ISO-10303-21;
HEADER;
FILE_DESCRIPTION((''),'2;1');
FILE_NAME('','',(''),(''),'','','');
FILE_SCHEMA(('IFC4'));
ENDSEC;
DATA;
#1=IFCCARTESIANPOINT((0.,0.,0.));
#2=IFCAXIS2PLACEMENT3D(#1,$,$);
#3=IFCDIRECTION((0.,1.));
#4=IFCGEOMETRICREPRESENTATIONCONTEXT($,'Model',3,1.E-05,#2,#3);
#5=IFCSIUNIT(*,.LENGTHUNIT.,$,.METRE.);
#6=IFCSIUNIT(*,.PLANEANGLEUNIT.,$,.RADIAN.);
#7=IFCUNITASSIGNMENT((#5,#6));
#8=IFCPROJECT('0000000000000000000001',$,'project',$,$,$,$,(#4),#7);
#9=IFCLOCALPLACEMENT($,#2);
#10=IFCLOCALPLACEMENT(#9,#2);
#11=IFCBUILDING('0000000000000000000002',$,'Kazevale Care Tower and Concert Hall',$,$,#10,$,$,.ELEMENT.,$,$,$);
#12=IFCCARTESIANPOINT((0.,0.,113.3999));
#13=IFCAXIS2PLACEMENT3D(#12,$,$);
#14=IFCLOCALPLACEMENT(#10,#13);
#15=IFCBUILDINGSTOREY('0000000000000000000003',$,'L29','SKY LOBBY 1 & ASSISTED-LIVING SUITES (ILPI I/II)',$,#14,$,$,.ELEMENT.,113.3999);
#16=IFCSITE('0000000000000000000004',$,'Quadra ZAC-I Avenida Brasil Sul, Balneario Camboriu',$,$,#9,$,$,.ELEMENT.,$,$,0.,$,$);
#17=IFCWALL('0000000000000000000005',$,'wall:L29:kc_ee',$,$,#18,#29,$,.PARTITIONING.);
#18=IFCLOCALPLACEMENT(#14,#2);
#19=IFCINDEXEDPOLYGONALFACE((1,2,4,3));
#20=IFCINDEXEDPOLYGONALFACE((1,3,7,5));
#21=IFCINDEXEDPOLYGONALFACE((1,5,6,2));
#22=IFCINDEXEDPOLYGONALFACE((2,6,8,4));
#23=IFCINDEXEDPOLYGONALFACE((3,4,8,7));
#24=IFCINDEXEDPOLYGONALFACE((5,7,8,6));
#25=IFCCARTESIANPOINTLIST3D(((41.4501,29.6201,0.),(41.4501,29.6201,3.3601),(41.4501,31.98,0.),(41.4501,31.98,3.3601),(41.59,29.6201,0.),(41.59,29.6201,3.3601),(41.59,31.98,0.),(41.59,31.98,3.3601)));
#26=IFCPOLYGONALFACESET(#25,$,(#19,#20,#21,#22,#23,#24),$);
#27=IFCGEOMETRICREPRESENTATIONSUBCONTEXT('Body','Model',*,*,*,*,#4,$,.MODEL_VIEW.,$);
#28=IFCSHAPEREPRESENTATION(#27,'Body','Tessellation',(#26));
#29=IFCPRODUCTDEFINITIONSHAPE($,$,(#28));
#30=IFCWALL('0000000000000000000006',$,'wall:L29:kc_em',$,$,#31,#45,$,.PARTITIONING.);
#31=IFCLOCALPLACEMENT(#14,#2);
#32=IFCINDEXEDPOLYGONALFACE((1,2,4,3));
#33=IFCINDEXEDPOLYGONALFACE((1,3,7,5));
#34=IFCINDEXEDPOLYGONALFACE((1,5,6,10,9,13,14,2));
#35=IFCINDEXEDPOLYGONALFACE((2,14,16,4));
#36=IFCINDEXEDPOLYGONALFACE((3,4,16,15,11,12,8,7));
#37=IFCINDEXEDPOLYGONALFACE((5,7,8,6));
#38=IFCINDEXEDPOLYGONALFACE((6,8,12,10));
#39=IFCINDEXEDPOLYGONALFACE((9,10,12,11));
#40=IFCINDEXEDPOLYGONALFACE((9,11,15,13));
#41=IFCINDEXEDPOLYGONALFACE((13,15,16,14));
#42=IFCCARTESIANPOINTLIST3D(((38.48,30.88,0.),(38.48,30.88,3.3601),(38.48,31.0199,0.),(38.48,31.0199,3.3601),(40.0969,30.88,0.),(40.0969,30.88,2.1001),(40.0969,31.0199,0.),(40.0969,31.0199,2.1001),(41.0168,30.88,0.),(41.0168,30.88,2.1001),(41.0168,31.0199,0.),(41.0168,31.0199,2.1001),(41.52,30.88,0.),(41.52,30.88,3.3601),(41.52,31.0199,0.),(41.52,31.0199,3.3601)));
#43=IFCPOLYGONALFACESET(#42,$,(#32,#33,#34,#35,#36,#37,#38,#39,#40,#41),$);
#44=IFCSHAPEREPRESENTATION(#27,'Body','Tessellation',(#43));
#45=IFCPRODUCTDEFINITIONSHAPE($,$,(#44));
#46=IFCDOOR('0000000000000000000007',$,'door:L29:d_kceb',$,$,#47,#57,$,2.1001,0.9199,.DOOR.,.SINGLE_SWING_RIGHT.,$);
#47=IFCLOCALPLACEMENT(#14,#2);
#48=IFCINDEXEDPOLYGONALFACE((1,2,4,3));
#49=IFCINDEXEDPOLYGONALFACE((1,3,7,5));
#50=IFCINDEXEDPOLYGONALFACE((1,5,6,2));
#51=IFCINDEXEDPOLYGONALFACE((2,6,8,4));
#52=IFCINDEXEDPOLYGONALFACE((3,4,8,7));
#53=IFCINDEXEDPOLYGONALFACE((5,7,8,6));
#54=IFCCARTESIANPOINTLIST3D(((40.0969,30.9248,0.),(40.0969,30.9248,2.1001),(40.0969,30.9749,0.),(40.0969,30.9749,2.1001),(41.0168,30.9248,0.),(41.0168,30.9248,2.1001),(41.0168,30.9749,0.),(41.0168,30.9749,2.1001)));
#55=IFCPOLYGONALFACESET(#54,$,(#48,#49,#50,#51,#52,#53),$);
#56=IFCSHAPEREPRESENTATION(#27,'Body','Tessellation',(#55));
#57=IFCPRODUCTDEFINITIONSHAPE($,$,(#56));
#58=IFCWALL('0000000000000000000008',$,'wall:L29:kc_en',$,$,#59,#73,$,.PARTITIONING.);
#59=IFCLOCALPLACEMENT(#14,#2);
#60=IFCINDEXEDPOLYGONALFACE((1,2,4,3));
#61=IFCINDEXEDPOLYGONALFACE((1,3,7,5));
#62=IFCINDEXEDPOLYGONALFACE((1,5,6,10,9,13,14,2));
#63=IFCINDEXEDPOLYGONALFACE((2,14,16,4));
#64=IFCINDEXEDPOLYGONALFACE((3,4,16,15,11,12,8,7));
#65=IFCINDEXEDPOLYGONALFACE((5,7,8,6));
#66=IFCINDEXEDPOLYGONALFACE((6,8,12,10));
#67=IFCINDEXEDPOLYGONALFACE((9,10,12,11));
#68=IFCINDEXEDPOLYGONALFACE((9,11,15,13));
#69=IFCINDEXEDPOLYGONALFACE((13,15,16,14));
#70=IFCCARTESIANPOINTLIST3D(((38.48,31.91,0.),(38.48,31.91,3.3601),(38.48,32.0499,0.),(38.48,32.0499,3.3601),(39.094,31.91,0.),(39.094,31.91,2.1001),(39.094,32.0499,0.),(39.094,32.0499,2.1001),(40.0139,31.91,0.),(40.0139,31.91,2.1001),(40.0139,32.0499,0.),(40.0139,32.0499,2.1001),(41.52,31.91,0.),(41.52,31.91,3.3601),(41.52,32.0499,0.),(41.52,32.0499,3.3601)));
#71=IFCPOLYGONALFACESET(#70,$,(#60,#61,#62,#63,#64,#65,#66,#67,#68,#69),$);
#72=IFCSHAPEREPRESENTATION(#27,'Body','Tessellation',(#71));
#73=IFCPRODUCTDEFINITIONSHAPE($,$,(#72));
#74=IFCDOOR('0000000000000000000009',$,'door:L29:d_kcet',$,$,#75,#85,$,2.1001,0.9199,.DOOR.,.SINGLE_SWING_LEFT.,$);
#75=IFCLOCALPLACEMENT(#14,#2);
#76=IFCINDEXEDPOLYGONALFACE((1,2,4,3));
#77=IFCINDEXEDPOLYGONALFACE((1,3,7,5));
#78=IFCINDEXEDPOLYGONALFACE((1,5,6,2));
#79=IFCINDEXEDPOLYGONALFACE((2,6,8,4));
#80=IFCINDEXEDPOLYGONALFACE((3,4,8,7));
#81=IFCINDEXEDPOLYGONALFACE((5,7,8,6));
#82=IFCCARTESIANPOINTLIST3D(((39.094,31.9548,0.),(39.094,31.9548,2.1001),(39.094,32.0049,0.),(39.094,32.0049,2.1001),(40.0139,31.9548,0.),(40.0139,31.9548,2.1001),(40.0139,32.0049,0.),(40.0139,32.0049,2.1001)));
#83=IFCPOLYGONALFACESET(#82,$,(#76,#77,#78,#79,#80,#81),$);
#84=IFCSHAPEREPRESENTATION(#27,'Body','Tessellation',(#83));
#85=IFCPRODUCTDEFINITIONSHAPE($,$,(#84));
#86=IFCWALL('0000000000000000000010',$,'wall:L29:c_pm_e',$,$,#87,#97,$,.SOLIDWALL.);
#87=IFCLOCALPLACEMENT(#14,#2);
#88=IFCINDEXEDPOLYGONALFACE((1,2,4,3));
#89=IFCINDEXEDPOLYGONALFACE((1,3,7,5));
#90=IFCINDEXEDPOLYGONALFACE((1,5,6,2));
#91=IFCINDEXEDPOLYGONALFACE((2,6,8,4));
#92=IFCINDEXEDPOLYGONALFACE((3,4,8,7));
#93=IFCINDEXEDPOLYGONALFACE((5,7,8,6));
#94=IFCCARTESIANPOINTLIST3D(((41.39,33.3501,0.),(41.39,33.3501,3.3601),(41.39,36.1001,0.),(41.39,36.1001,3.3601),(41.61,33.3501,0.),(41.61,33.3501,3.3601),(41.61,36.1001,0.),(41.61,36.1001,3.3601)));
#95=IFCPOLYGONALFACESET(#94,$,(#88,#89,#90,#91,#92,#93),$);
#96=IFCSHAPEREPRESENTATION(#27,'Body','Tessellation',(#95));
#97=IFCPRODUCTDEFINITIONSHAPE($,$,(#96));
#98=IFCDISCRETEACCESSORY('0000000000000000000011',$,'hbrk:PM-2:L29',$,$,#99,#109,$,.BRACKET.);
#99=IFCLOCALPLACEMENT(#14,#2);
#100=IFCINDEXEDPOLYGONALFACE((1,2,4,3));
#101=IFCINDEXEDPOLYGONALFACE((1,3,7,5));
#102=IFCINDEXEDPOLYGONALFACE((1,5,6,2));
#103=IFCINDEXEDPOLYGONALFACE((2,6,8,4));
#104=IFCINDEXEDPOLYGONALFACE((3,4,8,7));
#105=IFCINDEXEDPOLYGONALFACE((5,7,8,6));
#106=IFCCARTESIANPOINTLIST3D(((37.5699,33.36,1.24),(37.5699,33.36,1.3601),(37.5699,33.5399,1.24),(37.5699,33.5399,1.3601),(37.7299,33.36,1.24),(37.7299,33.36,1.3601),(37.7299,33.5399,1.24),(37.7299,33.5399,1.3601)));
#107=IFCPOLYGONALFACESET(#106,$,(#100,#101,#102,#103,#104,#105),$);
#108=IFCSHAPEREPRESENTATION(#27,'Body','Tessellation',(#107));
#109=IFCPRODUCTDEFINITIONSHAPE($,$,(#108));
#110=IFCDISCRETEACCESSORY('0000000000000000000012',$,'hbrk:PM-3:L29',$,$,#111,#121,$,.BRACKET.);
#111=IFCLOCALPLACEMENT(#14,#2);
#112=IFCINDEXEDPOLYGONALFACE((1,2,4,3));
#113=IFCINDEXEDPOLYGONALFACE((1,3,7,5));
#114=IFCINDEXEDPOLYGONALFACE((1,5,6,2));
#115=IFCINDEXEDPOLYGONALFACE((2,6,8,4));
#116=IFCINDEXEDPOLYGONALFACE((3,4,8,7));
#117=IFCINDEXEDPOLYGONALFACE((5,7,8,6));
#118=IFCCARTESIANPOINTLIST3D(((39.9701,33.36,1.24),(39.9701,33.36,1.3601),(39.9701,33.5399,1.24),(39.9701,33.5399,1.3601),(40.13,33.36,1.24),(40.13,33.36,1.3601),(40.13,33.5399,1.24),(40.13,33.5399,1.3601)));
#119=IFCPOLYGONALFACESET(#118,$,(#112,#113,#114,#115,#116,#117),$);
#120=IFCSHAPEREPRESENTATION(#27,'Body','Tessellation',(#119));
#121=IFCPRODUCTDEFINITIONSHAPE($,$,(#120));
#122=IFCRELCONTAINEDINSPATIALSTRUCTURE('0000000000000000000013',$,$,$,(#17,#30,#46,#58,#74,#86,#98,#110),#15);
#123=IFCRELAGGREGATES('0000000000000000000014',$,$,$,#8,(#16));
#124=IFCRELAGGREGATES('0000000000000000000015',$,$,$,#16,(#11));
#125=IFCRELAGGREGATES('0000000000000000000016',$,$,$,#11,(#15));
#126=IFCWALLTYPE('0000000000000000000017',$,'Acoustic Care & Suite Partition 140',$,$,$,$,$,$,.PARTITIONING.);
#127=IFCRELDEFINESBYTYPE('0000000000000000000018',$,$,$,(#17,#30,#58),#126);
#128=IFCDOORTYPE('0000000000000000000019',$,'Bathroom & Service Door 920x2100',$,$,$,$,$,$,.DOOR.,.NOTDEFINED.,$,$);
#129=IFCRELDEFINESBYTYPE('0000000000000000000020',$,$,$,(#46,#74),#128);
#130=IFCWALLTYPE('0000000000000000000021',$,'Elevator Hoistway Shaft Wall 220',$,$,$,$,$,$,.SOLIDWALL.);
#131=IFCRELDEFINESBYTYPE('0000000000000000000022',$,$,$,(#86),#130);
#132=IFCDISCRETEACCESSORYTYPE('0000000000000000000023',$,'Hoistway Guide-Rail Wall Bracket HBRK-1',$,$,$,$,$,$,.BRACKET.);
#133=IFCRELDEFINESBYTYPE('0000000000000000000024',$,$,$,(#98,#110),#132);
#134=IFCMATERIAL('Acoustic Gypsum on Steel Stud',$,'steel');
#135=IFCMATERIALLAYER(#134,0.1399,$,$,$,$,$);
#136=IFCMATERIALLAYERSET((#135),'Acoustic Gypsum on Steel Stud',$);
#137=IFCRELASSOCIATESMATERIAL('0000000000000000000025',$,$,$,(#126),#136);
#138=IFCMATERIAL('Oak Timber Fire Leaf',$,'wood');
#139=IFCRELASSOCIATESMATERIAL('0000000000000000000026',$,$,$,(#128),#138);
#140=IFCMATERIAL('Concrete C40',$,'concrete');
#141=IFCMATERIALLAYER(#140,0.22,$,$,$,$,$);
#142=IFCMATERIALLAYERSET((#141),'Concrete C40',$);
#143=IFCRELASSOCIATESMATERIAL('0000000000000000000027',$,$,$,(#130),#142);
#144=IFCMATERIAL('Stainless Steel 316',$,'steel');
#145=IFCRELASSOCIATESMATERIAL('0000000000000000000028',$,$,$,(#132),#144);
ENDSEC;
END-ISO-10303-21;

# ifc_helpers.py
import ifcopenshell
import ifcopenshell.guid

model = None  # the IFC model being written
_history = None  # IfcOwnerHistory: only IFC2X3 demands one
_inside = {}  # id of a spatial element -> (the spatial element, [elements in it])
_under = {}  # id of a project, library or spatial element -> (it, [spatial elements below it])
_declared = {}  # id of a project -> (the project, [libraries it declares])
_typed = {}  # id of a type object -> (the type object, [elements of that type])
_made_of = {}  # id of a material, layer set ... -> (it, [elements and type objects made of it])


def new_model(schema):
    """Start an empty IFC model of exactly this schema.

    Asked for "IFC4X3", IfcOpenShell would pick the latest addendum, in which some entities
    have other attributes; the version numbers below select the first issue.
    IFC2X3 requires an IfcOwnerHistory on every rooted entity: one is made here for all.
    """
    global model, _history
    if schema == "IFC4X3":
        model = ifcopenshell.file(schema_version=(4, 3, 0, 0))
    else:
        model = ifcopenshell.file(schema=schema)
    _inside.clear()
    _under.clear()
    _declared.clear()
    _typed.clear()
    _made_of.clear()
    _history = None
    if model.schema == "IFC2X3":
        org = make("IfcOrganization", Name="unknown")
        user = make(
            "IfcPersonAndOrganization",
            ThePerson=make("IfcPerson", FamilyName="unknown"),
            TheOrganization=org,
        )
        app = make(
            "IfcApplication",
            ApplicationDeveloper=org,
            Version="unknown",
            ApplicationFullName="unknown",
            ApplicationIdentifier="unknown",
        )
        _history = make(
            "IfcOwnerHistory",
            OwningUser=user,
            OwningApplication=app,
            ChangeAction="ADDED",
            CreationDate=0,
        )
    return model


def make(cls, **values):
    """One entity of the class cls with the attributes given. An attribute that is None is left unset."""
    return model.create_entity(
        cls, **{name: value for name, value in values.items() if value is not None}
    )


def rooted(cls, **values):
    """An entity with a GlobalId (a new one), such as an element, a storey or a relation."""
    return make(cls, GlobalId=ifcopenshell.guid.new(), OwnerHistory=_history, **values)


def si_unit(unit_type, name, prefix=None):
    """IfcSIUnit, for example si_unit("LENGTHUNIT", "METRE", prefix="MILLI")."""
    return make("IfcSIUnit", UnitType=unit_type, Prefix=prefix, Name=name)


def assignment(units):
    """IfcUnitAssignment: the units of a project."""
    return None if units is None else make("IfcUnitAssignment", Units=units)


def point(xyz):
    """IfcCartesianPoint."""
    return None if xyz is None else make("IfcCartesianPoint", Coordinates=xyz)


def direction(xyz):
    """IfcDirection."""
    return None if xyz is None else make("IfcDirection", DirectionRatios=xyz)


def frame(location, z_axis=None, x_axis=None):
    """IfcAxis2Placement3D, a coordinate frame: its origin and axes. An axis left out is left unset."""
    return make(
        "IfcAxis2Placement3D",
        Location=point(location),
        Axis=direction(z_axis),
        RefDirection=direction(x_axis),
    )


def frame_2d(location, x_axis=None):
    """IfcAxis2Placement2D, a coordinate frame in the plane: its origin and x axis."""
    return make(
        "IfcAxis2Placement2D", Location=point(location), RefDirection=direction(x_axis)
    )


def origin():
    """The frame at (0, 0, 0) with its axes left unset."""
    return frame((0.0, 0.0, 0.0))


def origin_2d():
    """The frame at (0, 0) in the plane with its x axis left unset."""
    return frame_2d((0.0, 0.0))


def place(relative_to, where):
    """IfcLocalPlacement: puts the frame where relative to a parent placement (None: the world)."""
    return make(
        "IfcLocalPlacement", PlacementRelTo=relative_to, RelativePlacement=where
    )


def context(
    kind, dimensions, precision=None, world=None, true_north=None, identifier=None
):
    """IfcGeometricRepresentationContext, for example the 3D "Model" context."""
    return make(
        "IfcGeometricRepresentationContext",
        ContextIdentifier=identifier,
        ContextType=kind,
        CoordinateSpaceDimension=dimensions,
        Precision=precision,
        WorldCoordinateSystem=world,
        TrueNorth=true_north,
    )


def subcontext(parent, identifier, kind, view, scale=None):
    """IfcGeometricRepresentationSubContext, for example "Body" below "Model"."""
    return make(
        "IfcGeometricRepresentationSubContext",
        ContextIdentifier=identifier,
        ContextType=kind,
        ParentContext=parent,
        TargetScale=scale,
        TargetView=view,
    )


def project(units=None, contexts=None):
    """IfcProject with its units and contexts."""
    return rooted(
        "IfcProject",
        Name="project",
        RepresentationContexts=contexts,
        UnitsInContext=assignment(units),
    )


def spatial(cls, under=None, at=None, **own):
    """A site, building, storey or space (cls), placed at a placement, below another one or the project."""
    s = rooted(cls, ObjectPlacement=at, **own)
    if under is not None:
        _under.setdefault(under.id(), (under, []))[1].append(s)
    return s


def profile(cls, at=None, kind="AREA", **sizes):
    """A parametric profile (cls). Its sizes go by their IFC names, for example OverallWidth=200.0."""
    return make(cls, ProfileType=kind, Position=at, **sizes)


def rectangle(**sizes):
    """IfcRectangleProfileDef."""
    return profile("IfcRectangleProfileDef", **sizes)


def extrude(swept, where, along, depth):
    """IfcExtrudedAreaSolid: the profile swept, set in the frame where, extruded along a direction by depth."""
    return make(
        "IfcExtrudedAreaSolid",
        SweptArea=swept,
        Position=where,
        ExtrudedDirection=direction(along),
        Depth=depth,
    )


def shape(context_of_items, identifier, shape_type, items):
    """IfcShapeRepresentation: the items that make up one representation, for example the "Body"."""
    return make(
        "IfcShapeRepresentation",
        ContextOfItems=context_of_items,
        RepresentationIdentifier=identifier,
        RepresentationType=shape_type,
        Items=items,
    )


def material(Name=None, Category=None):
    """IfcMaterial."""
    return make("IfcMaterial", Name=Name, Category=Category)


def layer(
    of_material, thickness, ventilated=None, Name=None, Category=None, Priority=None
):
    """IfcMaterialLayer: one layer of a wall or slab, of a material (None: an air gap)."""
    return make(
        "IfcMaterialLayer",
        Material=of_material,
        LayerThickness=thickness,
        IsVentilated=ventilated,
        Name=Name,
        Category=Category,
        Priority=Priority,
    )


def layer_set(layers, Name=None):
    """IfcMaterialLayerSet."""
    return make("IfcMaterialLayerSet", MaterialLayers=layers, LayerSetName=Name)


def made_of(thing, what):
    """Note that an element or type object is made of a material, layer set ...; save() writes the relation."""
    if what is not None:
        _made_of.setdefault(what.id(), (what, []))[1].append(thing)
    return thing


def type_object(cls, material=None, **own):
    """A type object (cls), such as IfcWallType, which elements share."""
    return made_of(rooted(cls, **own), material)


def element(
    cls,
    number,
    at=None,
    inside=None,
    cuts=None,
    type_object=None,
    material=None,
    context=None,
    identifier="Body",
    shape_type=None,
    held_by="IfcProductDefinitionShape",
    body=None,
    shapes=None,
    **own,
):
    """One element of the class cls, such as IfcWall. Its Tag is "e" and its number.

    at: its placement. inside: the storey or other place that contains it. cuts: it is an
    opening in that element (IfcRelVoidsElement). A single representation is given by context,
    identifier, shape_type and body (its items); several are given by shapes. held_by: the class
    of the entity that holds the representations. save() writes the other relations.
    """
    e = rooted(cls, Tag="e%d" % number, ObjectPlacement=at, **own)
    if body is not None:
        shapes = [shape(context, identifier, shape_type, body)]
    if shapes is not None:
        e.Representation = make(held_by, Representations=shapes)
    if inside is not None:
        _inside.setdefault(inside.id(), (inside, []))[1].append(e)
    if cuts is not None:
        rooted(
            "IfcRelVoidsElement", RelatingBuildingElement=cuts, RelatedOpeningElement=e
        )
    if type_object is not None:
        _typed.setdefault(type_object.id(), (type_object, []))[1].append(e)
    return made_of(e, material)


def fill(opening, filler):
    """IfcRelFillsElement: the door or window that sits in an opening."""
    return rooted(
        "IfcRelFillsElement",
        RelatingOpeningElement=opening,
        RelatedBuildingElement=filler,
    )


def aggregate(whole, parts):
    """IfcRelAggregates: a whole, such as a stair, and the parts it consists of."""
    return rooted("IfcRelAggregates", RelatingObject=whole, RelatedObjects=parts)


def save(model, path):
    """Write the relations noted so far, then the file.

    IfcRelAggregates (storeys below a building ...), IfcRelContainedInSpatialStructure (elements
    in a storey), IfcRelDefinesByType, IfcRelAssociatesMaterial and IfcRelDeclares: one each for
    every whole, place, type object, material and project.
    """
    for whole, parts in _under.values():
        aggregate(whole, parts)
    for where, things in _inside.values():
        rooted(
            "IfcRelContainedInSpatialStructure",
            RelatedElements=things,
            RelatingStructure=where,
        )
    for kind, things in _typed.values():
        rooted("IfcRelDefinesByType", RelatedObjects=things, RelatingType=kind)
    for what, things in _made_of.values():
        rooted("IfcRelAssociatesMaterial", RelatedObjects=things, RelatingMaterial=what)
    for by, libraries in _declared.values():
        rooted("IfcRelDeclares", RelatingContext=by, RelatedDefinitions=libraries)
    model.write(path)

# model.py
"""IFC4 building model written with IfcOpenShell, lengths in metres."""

from ifc_helpers import new_model, si_unit, direction, frame, frame_2d, origin, origin_2d, place, context, subcontext, project, spatial, rectangle, extrude, material, layer, layer_set, type_object, element, fill, save


model = new_model("IFC4")

# Units and contexts
model_context = context("Model", 3, precision=1e-05, world=origin(), true_north=direction((0.0, 1.0)))
body_context = subcontext(model_context, "Body", "Model", "MODEL_VIEW")
ifc_project = project(units=[si_unit("LENGTHUNIT", "METRE"), si_unit("PLANEANGLEUNIT", "RADIAN")], contexts=[model_context])

# Site, building, storey
site_placement = place(None, origin())
site = spatial("IfcSite", under=ifc_project, at=site_placement, Name="Quadra ZAC-I Avenida Brasil Sul, Balneario Camboriu", CompositionType="ELEMENT", RefElevation=0.0)
building_placement = place(site_placement, origin())
building = spatial("IfcBuilding", under=site, at=building_placement, Name="Kazevale Care Tower and Concert Hall", CompositionType="ELEMENT")
storey_placement = place(building_placement, frame((0.0, 0.0, 113.3999)))
storey = spatial("IfcBuildingStorey", under=building, at=storey_placement, Name="L29", Description="SKY LOBBY 1 & ASSISTED-LIVING SUITES (ILPI I/II)", CompositionType="ELEMENT", Elevation=113.3999)

# Wall
ifc_material_1 = material(Name="Acoustic Gypsum on Steel Stud", Category="steel")
ifc_layer_1 = layer(ifc_material_1, 0.1399)
ifc_layer_set_1 = layer_set([ifc_layer_1], Name="Acoustic Gypsum on Steel Stud")
wall_type_1 = type_object("IfcWallType", Name="Acoustic Care & Suite Partition 140", PredefinedType="PARTITIONING", material=ifc_layer_set_1)
for number, where, z_axis, x_axis, name in (
    (1, (41.52, 29.6201, 0.0), (0.0, 0.0, 1.0), (0.0, 1.0, 0.0), "wall:L29:kc_ee"),
):
    element("IfcWall", number, at=place(storey_placement, frame(where, z_axis=z_axis, x_axis=x_axis)), inside=storey, type_object=wall_type_1, Name=name, PredefinedType="PARTITIONING", context=body_context, shape_type="SweptSolid", body=[
        extrude(rectangle(XDim=2.3599, YDim=0.1399, at=frame_2d((1.1799, 0.0))), origin(), (0.0, 0.0, 1.0), 3.3601),
    ])

# Walls, openings, doors
wall_1_placement = place(storey_placement, frame((38.48, 30.95, 0.0), z_axis=(0.0, 0.0, 1.0), x_axis=(1.0, 0.0, 0.0)))
wall_1 = element("IfcWall", 2, at=wall_1_placement, inside=storey, type_object=wall_type_1, Name="wall:L29:kc_em", PredefinedType="PARTITIONING", context=body_context, shape_type="SweptSolid", body=[
    extrude(rectangle(XDim=3.04, YDim=0.1399, at=frame_2d((1.52, 0.0))), origin(), (0.0, 0.0, 1.0), 3.3601),
])
opening_1_placement = place(wall_1_placement, frame((1.6169, 0.0, 0.0)))
opening_1 = element("IfcOpeningElement", 3, at=opening_1_placement, cuts=wall_1, PredefinedType="OPENING", context=body_context, shape_type="SweptSolid", body=[
    extrude(rectangle(XDim=0.9199, YDim=2.1001, at=frame_2d((0.46, 1.05))), frame((0.0, 0.0798, 0.0), z_axis=(0.0, -1.0, 0.0), x_axis=(1.0, 0.0, 0.0)), (0.0, 0.0, 1.0), 0.1599),
])
ifc_material_2 = material(Name="Oak Timber Fire Leaf", Category="wood")
door_type = type_object("IfcDoorType", Name="Bathroom & Service Door 920x2100", OperationType="NOTDEFINED", PredefinedType="DOOR", material=ifc_material_2)
door_1_placement = place(opening_1_placement, origin())
door_1 = element("IfcDoor", 4, at=door_1_placement, inside=storey, type_object=door_type, Name="door:L29:d_kceb", OperationType="SINGLE_SWING_RIGHT", OverallHeight=2.1001, OverallWidth=0.9199, PredefinedType="DOOR", context=body_context, shape_type="SweptSolid", body=[
    extrude(rectangle(XDim=0.9199, YDim=2.1001, at=frame_2d((0.46, 1.05))), frame((0.0, 0.0249, 0.0), z_axis=(0.0, -1.0, 0.0), x_axis=(1.0, 0.0, 0.0)), (0.0, 0.0, 1.0), 0.05),
])
fill(opening_1, door_1)
wall_2_placement = place(storey_placement, frame((38.48, 31.98, 0.0), z_axis=(0.0, 0.0, 1.0), x_axis=(1.0, 0.0, 0.0)))
wall_2 = element("IfcWall", 5, at=wall_2_placement, inside=storey, type_object=wall_type_1, Name="wall:L29:kc_en", PredefinedType="PARTITIONING", context=body_context, shape_type="SweptSolid", body=[
    extrude(rectangle(XDim=3.04, YDim=0.1399, at=frame_2d((1.52, 0.0))), origin(), (0.0, 0.0, 1.0), 3.3601),
])
opening_2_placement = place(wall_2_placement, frame((0.614, 0.0, 0.0)))
opening_2 = element("IfcOpeningElement", 6, at=opening_2_placement, cuts=wall_2, PredefinedType="OPENING", context=body_context, shape_type="SweptSolid", body=[
    extrude(rectangle(XDim=0.9199, YDim=2.1001, at=frame_2d((0.46, 1.05))), frame((0.0, 0.0798, 0.0), z_axis=(0.0, -1.0, 0.0), x_axis=(1.0, 0.0, 0.0)), (0.0, 0.0, 1.0), 0.1599),
])
door_2_placement = place(opening_2_placement, origin())
door_2 = element("IfcDoor", 7, at=door_2_placement, inside=storey, type_object=door_type, Name="door:L29:d_kcet", OperationType="SINGLE_SWING_LEFT", OverallHeight=2.1001, OverallWidth=0.9199, PredefinedType="DOOR", context=body_context, shape_type="SweptSolid", body=[
    extrude(rectangle(XDim=0.9199, YDim=2.1001, at=frame_2d((0.46, 1.05))), frame((0.0, 0.0249, 0.0), z_axis=(0.0, -1.0, 0.0), x_axis=(1.0, 0.0, 0.0)), (0.0, 0.0, 1.0), 0.05),
])
fill(opening_2, door_2)

# Wall
ifc_material_3 = material(Name="Concrete C40", Category="concrete")
ifc_layer_2 = layer(ifc_material_3, 0.22)
ifc_layer_set_2 = layer_set([ifc_layer_2], Name="Concrete C40")
wall_type_2 = type_object("IfcWallType", Name="Elevator Hoistway Shaft Wall 220", PredefinedType="SOLIDWALL", material=ifc_layer_set_2)
wall_3_placement = place(storey_placement, frame((41.5, 33.3501, 0.0), z_axis=(0.0, 0.0, 1.0), x_axis=(0.0, 1.0, 0.0)))
element("IfcWall", 8, at=wall_3_placement, inside=storey, type_object=wall_type_2, Name="wall:L29:c_pm_e", PredefinedType="SOLIDWALL", context=body_context, shape_type="SweptSolid", body=[
    extrude(rectangle(XDim=2.75, YDim=0.22, at=frame_2d((1.375, 0.0))), origin(), (0.0, 0.0, 1.0), 3.3601),
])

# Discrete accessories
ifc_material_4 = material(Name="Stainless Steel 316", Category="steel")
discrete_accessory_type = type_object("IfcDiscreteAccessoryType", Name="Hoistway Guide-Rail Wall Bracket HBRK-1", PredefinedType="BRACKET", material=ifc_material_4)
for number, where, z_axis, x_axis, name in (
    (9, (37.6499, 33.45, 1.24), (0.0, 0.0, 1.0), (1.0, 0.0, 0.0), "hbrk:PM-2:L29"),
    (10, (40.05, 33.45, 1.24), (0.0, 0.0, 1.0), (1.0, 0.0, 0.0), "hbrk:PM-3:L29"),
):
    element("IfcDiscreteAccessory", number, at=place(storey_placement, frame(where, z_axis=z_axis, x_axis=x_axis)), inside=storey, type_object=discrete_accessory_type, Name=name, PredefinedType="BRACKET", context=body_context, shape_type="SweptSolid", body=[
        extrude(rectangle(XDim=0.1599, YDim=0.1799, at=origin_2d()), origin(), (0.0, 0.0, 1.0), 0.1201),
    ])

save(model, "model.ifc")
